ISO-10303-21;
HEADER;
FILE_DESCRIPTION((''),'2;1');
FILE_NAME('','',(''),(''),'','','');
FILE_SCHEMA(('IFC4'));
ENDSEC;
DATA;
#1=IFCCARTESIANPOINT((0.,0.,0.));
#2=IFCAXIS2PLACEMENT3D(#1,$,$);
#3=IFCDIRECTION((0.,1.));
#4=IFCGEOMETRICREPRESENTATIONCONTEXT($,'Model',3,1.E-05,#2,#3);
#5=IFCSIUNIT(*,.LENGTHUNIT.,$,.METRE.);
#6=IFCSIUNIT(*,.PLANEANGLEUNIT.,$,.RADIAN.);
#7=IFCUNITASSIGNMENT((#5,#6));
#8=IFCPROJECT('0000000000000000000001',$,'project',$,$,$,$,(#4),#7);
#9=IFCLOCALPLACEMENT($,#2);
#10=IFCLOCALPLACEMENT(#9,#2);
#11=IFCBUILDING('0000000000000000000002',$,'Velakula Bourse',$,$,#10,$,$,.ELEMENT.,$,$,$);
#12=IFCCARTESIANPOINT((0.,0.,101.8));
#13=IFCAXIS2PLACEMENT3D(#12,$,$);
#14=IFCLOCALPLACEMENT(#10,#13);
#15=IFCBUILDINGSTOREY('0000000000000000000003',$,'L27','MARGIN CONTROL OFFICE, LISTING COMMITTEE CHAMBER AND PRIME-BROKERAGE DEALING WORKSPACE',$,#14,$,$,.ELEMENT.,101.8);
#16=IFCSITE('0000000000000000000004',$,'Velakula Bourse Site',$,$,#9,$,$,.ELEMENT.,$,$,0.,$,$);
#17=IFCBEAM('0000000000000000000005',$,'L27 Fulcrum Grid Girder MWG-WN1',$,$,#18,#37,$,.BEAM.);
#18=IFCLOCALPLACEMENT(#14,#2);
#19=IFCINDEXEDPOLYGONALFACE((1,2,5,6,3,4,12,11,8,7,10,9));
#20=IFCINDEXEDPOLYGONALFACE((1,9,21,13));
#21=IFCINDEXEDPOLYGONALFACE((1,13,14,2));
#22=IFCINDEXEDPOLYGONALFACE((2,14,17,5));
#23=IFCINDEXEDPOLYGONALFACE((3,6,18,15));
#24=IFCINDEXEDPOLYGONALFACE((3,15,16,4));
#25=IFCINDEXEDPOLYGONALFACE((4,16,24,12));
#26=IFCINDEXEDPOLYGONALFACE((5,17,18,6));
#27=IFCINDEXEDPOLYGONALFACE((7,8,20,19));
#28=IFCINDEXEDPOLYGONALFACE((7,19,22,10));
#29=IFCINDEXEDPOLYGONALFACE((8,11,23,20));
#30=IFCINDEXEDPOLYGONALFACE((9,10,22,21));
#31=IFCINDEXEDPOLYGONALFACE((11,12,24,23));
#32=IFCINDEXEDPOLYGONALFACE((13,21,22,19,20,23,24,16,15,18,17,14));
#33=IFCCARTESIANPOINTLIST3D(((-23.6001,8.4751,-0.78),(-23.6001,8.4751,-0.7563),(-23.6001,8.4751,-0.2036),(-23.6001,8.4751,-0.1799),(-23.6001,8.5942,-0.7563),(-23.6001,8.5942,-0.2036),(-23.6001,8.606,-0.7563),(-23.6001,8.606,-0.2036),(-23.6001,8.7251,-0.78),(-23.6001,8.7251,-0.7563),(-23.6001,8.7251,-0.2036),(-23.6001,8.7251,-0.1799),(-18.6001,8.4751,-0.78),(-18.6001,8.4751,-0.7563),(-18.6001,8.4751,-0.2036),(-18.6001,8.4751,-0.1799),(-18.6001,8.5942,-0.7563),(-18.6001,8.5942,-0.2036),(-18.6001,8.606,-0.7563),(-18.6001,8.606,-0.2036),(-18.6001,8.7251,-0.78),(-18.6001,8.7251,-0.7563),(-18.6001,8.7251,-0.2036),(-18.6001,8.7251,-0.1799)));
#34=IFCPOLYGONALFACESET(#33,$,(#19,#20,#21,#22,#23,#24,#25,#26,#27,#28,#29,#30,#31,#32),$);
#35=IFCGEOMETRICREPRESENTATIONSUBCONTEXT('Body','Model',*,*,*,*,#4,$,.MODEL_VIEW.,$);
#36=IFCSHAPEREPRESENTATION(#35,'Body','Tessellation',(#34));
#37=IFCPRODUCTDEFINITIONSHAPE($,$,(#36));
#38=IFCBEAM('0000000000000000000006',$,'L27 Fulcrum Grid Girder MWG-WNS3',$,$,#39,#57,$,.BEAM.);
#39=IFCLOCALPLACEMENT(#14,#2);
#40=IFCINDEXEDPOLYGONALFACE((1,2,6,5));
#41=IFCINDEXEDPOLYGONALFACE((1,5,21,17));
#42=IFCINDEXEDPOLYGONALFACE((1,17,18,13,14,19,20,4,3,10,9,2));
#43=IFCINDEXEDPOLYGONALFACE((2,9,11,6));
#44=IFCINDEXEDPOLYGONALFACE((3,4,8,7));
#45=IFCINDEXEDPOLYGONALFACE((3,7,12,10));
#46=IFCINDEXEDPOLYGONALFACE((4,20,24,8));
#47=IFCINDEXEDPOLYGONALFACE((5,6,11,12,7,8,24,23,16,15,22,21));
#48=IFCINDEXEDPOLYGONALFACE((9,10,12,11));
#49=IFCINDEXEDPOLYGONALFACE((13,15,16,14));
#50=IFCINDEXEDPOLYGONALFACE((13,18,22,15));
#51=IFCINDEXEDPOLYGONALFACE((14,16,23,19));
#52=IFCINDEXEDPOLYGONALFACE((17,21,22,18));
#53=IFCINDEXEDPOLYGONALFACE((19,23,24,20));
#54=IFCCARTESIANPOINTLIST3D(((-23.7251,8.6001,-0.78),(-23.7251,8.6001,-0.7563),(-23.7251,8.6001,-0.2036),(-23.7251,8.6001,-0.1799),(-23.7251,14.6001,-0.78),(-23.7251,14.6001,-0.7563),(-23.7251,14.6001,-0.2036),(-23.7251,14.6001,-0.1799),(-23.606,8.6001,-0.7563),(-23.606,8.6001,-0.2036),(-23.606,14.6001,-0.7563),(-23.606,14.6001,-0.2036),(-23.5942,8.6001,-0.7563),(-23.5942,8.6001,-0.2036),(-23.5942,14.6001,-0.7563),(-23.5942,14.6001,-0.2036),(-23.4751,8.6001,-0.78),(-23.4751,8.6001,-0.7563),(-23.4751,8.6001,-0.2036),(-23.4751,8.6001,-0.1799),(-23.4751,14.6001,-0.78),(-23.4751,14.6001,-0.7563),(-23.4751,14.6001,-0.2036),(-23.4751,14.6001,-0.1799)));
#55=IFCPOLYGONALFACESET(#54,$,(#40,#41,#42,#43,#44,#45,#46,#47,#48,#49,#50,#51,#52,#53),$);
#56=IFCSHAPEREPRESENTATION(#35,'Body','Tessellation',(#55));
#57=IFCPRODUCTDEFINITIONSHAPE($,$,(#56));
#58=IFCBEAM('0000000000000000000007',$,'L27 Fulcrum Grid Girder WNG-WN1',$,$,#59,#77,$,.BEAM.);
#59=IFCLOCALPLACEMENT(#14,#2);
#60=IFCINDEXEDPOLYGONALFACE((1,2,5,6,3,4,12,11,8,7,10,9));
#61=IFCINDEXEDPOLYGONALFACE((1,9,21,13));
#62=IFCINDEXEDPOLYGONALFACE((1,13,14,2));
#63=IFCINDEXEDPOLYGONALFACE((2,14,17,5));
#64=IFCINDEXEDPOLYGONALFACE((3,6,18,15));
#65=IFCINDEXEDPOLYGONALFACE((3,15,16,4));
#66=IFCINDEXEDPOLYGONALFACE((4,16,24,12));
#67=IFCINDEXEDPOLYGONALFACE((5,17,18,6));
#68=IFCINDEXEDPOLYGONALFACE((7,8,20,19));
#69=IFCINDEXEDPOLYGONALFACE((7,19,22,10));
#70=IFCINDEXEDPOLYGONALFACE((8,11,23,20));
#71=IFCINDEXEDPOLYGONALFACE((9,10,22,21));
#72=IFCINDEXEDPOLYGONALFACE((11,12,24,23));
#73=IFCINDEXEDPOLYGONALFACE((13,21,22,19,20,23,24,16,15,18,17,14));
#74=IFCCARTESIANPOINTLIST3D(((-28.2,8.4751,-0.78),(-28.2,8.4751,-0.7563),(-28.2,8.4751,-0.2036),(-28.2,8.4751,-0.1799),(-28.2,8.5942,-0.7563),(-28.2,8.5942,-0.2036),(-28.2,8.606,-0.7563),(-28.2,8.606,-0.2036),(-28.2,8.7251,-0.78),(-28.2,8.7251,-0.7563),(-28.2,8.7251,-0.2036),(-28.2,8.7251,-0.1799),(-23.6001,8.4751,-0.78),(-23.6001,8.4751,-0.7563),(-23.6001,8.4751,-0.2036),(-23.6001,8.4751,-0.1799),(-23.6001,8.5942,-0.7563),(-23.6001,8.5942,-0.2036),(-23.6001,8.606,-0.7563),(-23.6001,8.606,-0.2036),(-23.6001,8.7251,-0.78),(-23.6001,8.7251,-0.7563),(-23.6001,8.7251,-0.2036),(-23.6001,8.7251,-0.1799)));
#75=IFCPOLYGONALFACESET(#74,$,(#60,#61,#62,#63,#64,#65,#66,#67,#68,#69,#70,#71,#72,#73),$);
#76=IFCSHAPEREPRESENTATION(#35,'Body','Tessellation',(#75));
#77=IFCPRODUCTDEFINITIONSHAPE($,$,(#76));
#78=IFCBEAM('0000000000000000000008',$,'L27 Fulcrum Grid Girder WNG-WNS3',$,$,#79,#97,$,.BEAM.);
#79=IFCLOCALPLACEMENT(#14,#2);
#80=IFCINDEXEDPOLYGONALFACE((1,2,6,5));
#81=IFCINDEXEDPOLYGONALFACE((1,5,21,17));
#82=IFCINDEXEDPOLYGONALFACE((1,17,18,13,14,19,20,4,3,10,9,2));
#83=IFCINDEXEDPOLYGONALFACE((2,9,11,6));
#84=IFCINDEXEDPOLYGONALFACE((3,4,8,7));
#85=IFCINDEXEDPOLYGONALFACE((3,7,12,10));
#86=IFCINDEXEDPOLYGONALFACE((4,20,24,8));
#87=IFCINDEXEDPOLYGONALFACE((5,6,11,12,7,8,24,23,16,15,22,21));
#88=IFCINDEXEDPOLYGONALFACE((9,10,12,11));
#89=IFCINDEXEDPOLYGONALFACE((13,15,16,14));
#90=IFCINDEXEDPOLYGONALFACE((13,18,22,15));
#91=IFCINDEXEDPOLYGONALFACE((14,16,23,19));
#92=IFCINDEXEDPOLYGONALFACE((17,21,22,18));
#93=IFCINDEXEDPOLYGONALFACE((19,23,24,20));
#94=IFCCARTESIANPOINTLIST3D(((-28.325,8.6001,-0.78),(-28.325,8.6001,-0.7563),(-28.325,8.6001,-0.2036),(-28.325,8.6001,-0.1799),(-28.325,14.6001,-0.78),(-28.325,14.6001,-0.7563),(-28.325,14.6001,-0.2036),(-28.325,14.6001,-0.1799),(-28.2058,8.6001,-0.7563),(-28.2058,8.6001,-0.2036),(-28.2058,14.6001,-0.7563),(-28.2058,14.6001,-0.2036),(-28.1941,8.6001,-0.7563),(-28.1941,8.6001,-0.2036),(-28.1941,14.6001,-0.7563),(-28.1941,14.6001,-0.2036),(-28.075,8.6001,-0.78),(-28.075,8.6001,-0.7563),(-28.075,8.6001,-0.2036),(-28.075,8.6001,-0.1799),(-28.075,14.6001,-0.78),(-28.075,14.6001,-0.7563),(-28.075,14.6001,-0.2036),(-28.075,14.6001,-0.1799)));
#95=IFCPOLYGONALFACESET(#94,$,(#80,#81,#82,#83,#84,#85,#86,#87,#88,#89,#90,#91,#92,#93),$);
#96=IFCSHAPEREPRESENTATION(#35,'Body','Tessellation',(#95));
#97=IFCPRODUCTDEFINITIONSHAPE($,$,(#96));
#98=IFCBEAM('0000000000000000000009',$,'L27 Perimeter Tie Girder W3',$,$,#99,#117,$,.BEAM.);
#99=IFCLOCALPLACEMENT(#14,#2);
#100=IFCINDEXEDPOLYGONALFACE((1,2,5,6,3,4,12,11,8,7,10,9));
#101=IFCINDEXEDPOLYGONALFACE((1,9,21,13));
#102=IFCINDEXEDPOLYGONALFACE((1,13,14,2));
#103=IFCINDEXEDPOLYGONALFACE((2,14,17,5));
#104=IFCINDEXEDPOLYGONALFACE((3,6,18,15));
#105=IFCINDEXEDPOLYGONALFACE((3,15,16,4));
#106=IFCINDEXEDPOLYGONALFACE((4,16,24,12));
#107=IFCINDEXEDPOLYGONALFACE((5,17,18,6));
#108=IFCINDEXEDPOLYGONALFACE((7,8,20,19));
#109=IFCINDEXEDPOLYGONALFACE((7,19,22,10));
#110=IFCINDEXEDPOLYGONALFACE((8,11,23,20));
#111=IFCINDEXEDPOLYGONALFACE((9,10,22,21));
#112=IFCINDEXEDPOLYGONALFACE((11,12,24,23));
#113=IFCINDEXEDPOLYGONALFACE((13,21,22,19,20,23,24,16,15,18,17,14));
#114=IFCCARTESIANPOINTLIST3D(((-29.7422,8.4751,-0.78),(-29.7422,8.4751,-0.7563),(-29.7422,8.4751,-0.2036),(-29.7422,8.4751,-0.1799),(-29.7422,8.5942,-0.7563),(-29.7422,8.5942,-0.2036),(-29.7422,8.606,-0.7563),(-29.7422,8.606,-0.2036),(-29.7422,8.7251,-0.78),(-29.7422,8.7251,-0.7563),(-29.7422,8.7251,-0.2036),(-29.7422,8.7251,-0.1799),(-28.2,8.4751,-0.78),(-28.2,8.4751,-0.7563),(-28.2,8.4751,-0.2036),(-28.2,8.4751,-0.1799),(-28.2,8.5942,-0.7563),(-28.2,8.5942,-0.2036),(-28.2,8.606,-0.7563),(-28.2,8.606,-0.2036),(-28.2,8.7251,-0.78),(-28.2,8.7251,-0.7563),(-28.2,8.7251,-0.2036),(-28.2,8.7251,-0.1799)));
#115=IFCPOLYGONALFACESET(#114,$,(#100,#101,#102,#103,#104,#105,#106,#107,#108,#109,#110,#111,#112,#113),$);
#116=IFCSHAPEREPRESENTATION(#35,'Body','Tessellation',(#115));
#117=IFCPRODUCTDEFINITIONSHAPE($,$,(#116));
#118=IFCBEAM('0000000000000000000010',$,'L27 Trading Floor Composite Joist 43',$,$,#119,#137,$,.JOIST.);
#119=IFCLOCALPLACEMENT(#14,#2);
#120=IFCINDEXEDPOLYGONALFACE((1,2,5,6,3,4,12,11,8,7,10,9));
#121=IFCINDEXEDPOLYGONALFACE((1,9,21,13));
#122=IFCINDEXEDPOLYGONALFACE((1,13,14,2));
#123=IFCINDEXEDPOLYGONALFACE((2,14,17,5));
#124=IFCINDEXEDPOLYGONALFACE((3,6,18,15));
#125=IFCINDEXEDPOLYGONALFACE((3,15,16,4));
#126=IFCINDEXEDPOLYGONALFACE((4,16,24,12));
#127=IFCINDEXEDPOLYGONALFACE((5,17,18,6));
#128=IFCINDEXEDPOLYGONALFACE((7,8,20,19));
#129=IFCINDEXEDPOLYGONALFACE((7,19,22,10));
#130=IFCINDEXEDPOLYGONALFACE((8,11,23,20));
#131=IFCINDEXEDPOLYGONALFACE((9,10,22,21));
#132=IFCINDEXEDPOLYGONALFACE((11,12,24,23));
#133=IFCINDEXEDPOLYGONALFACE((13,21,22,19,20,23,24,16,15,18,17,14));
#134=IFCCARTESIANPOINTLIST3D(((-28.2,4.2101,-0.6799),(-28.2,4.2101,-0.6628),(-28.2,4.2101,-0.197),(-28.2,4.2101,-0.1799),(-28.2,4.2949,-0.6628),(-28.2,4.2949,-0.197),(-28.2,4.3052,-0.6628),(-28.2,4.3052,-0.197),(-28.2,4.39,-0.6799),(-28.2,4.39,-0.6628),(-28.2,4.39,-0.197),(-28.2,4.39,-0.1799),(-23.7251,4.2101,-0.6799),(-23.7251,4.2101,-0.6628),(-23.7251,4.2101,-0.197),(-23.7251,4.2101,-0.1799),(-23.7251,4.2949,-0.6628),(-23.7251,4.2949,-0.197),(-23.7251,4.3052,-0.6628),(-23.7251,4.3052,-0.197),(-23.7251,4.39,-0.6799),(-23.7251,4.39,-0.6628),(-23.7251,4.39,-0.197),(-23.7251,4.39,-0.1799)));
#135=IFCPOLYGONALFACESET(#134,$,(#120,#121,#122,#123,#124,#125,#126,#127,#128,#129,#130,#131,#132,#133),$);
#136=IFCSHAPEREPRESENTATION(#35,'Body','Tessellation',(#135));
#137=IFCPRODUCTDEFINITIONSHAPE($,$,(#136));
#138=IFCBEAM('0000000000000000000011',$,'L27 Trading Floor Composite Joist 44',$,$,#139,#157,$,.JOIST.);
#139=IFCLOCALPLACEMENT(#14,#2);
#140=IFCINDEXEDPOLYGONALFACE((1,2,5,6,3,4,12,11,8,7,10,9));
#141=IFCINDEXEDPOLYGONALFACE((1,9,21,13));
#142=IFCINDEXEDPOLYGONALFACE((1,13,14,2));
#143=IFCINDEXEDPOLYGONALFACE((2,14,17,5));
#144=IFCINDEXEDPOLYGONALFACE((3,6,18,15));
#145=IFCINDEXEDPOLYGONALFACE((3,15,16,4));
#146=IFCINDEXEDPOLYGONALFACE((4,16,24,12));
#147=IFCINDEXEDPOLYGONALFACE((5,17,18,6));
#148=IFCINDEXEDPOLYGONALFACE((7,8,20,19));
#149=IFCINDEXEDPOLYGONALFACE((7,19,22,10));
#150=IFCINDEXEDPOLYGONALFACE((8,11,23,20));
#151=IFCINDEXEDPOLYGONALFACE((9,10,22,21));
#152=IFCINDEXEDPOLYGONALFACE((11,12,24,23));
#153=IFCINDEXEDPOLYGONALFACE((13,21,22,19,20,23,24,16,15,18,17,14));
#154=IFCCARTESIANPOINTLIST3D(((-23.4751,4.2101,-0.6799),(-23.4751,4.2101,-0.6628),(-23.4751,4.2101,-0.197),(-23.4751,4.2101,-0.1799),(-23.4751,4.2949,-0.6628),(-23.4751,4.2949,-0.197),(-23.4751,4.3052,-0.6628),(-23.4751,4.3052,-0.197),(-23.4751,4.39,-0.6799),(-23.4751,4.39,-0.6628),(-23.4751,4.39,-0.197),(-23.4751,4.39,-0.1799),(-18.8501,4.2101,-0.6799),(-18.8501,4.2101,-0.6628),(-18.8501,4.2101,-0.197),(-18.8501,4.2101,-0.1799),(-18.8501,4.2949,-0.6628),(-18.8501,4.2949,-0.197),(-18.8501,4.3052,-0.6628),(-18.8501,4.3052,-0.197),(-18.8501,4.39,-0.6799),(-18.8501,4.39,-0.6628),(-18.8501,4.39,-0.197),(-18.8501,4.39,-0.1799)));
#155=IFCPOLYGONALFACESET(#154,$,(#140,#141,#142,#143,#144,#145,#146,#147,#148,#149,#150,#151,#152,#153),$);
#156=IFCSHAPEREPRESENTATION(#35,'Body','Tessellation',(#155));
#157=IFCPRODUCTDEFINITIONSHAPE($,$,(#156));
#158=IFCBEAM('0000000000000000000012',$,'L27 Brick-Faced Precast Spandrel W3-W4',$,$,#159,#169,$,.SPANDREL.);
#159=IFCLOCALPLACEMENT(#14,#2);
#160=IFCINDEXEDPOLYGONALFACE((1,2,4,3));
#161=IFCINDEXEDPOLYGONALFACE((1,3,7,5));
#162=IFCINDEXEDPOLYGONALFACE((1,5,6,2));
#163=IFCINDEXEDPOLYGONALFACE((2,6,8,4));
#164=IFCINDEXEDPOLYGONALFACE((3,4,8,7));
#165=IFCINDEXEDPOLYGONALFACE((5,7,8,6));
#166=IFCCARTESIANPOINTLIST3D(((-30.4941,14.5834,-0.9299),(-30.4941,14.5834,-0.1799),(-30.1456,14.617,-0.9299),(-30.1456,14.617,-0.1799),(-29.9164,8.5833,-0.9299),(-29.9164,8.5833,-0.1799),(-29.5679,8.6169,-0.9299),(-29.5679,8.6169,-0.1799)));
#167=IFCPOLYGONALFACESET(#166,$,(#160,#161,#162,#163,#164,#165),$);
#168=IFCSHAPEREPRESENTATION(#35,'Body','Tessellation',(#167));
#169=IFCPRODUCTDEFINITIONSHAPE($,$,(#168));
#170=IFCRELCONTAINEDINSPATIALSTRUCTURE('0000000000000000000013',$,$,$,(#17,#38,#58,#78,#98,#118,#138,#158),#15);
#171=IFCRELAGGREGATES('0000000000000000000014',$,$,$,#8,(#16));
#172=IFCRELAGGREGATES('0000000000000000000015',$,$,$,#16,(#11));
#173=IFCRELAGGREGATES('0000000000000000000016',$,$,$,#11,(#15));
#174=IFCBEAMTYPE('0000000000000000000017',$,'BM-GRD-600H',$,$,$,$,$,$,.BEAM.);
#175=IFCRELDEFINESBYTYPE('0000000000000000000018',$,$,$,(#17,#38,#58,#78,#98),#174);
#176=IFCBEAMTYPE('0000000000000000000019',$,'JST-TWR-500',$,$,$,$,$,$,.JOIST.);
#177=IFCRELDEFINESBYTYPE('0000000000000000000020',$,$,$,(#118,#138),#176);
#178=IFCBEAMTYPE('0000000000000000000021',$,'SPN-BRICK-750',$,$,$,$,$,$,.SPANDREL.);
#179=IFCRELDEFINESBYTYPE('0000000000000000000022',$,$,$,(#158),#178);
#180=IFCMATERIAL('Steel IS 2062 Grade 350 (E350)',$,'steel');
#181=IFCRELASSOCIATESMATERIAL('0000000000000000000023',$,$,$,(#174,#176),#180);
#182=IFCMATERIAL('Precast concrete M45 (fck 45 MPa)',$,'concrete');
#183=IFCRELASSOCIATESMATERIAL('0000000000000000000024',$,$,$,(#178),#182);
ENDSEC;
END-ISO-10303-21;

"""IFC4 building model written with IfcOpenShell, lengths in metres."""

from ifc_helpers import new_model, si_unit, direction, frame, origin, origin_2d, place, context, subcontext, project, spatial, rectangle, i_section, extrude, material, material_profile, profile_set, type_object, element, save


model = new_model("IFC4")

# Units and contexts
model_context = context("Model", 3, precision=1e-05, world=origin(), true_north=direction((0.0, 1.0)))
body_context = subcontext(model_context, "Body", "Model", "MODEL_VIEW")
ifc_project = project(units=[si_unit("LENGTHUNIT", "METRE"), si_unit("PLANEANGLEUNIT", "RADIAN")], contexts=[model_context])

# Site, building, storey
site_placement = place(None, origin())
site = spatial("IfcSite", under=ifc_project, at=site_placement, Name="Velakula Bourse Site", CompositionType="ELEMENT", RefElevation=0.0)
building_placement = place(site_placement, origin())
building = spatial("IfcBuilding", under=site, at=building_placement, Name="Velakula Bourse", CompositionType="ELEMENT")
storey_placement = place(building_placement, frame((0.0, 0.0, 101.8)))
storey = spatial("IfcBuildingStorey", under=building, at=storey_placement, Name="L27", Description="MARGIN CONTROL OFFICE, LISTING COMMITTEE CHAMBER AND PRIME-BROKERAGE DEALING WORKSPACE", CompositionType="ELEMENT", Elevation=101.8)

# Beams
ifc_material_1 = material(Name="Steel IS 2062 Grade 350 (E350)", Category="steel")
ifc_material_profile_1 = material_profile(ifc_material_1, i_section(OverallWidth=0.25, OverallDepth=0.6001, WebThickness=0.0117, FlangeThickness=0.0237, at=origin_2d()), Name="Steel IS 2062 Grade 350 (E350)")
ifc_profile_set_1 = profile_set([ifc_material_profile_1], Name="Steel IS 2062 Grade 350 (E350)")
beam_type_1 = type_object("IfcBeamType", Name="BM-GRD-600H", PredefinedType="BEAM", material=ifc_profile_set_1)
beam_1_placement = place(storey_placement, frame((-23.6001, 8.6001, -0.48), z_axis=(1.0, 0.0, 0.0), x_axis=(0.0, 1.0, 0.0)))
element("IfcBeam", 1, at=beam_1_placement, inside=storey, type_object=beam_type_1, Name="L27 Fulcrum Grid Girder MWG-WN1", PredefinedType="BEAM", context=body_context, shape_type="SweptSolid", body=[
    extrude(i_section(OverallWidth=0.25, OverallDepth=0.6001, WebThickness=0.0117, FlangeThickness=0.0237, at=origin_2d()), origin(), (0.0, 0.0, 1.0), 5.0),
])
beam_2_placement = place(storey_placement, frame((-23.6001, 8.6001, -0.48), z_axis=(0.0, 1.0, 0.0), x_axis=(-1.0, 0.0, 0.0)))
element("IfcBeam", 2, at=beam_2_placement, inside=storey, type_object=beam_type_1, Name="L27 Fulcrum Grid Girder MWG-WNS3", PredefinedType="BEAM", context=body_context, shape_type="SweptSolid", body=[
    extrude(i_section(OverallWidth=0.25, OverallDepth=0.6001, WebThickness=0.0117, FlangeThickness=0.0237, at=origin_2d()), origin(), (0.0, 0.0, 1.0), 6.0),
])
beam_3_placement = place(storey_placement, frame((-28.2, 8.6001, -0.48), z_axis=(1.0, 0.0, 0.0), x_axis=(0.0, 1.0, 0.0)))
element("IfcBeam", 3, at=beam_3_placement, inside=storey, type_object=beam_type_1, Name="L27 Fulcrum Grid Girder WNG-WN1", PredefinedType="BEAM", context=body_context, shape_type="SweptSolid", body=[
    extrude(i_section(OverallWidth=0.25, OverallDepth=0.6001, WebThickness=0.0117, FlangeThickness=0.0237, at=origin_2d()), origin(), (0.0, 0.0, 1.0), 4.5999),
])
beam_4_placement = place(storey_placement, frame((-28.2, 8.6001, -0.48), z_axis=(0.0, 1.0, 0.0), x_axis=(-1.0, 0.0, 0.0)))
element("IfcBeam", 4, at=beam_4_placement, inside=storey, type_object=beam_type_1, Name="L27 Fulcrum Grid Girder WNG-WNS3", PredefinedType="BEAM", context=body_context, shape_type="SweptSolid", body=[
    extrude(i_section(OverallWidth=0.25, OverallDepth=0.6001, WebThickness=0.0117, FlangeThickness=0.0237, at=origin_2d()), origin(), (0.0, 0.0, 1.0), 6.0),
])
beam_5_placement = place(storey_placement, frame((-28.2, 8.6001, -0.48), z_axis=(-1.0, 0.0, 0.0), x_axis=(0.0, -1.0, 0.0)))
element("IfcBeam", 5, at=beam_5_placement, inside=storey, type_object=beam_type_1, Name="L27 Perimeter Tie Girder W3", PredefinedType="BEAM", context=body_context, shape_type="SweptSolid", body=[
    extrude(i_section(OverallWidth=0.25, OverallDepth=0.6001, WebThickness=0.0117, FlangeThickness=0.0237, at=origin_2d()), origin(), (0.0, 0.0, 1.0), 1.5422),
])
ifc_material_profile_2 = material_profile(ifc_material_1, i_section(OverallWidth=0.1799, OverallDepth=0.5, WebThickness=0.0103, FlangeThickness=0.0171, at=origin_2d()), Name="Steel IS 2062 Grade 350 (E350)")
ifc_profile_set_2 = profile_set([ifc_material_profile_2], Name="Steel IS 2062 Grade 350 (E350)")
beam_type_2 = type_object("IfcBeamType", Name="JST-TWR-500", PredefinedType="JOIST", material=ifc_profile_set_2)
beam_6_placement = place(storey_placement, frame((-28.2, 4.3, -0.4299), z_axis=(1.0, 0.0, 0.0), x_axis=(0.0, 1.0, 0.0)))
element("IfcBeam", 6, at=beam_6_placement, inside=storey, type_object=beam_type_2, Name="L27 Trading Floor Composite Joist 43", PredefinedType="JOIST", context=body_context, shape_type="SweptSolid", body=[
    extrude(i_section(OverallWidth=0.1799, OverallDepth=0.5, WebThickness=0.0103, FlangeThickness=0.0171, at=origin_2d()), origin(), (0.0, 0.0, 1.0), 4.4749),
])
beam_7_placement = place(storey_placement, frame((-23.4751, 4.3, -0.4299), z_axis=(1.0, 0.0, 0.0), x_axis=(0.0, 1.0, 0.0)))
element("IfcBeam", 7, at=beam_7_placement, inside=storey, type_object=beam_type_2, Name="L27 Trading Floor Composite Joist 44", PredefinedType="JOIST", context=body_context, shape_type="SweptSolid", body=[
    extrude(i_section(OverallWidth=0.1799, OverallDepth=0.5, WebThickness=0.0103, FlangeThickness=0.0171, at=origin_2d()), origin(), (0.0, 0.0, 1.0), 4.625),
])
ifc_material_2 = material(Name="Precast concrete M45 (fck 45 MPa)", Category="concrete")
ifc_material_profile_3 = material_profile(ifc_material_2, rectangle(XDim=0.3501, YDim=0.75, at=origin_2d()), Name="Precast concrete M45 (fck 45 MPa)")
ifc_profile_set_3 = profile_set([ifc_material_profile_3], Name="Precast concrete M45 (fck 45 MPa)")
beam_type_3 = type_object("IfcBeamType", Name="SPN-BRICK-750", PredefinedType="SPANDREL", material=ifc_profile_set_3)
beam_8_placement = place(storey_placement, frame((-29.7422, 8.6001, -0.5549), z_axis=(-0.09583, 0.995398, 0.0), x_axis=(-0.995398, -0.09583, 0.0)))
element("IfcBeam", 8, at=beam_8_placement, inside=storey, type_object=beam_type_3, Name="L27 Brick-Faced Precast Spandrel W3-W4", PredefinedType="SPANDREL", context=body_context, shape_type="SweptSolid", body=[
    extrude(rectangle(XDim=0.3501, YDim=0.75, at=origin_2d()), origin(), (0.0, 0.0, 1.0), 6.0278),
])

save(model, "model.ifc")
